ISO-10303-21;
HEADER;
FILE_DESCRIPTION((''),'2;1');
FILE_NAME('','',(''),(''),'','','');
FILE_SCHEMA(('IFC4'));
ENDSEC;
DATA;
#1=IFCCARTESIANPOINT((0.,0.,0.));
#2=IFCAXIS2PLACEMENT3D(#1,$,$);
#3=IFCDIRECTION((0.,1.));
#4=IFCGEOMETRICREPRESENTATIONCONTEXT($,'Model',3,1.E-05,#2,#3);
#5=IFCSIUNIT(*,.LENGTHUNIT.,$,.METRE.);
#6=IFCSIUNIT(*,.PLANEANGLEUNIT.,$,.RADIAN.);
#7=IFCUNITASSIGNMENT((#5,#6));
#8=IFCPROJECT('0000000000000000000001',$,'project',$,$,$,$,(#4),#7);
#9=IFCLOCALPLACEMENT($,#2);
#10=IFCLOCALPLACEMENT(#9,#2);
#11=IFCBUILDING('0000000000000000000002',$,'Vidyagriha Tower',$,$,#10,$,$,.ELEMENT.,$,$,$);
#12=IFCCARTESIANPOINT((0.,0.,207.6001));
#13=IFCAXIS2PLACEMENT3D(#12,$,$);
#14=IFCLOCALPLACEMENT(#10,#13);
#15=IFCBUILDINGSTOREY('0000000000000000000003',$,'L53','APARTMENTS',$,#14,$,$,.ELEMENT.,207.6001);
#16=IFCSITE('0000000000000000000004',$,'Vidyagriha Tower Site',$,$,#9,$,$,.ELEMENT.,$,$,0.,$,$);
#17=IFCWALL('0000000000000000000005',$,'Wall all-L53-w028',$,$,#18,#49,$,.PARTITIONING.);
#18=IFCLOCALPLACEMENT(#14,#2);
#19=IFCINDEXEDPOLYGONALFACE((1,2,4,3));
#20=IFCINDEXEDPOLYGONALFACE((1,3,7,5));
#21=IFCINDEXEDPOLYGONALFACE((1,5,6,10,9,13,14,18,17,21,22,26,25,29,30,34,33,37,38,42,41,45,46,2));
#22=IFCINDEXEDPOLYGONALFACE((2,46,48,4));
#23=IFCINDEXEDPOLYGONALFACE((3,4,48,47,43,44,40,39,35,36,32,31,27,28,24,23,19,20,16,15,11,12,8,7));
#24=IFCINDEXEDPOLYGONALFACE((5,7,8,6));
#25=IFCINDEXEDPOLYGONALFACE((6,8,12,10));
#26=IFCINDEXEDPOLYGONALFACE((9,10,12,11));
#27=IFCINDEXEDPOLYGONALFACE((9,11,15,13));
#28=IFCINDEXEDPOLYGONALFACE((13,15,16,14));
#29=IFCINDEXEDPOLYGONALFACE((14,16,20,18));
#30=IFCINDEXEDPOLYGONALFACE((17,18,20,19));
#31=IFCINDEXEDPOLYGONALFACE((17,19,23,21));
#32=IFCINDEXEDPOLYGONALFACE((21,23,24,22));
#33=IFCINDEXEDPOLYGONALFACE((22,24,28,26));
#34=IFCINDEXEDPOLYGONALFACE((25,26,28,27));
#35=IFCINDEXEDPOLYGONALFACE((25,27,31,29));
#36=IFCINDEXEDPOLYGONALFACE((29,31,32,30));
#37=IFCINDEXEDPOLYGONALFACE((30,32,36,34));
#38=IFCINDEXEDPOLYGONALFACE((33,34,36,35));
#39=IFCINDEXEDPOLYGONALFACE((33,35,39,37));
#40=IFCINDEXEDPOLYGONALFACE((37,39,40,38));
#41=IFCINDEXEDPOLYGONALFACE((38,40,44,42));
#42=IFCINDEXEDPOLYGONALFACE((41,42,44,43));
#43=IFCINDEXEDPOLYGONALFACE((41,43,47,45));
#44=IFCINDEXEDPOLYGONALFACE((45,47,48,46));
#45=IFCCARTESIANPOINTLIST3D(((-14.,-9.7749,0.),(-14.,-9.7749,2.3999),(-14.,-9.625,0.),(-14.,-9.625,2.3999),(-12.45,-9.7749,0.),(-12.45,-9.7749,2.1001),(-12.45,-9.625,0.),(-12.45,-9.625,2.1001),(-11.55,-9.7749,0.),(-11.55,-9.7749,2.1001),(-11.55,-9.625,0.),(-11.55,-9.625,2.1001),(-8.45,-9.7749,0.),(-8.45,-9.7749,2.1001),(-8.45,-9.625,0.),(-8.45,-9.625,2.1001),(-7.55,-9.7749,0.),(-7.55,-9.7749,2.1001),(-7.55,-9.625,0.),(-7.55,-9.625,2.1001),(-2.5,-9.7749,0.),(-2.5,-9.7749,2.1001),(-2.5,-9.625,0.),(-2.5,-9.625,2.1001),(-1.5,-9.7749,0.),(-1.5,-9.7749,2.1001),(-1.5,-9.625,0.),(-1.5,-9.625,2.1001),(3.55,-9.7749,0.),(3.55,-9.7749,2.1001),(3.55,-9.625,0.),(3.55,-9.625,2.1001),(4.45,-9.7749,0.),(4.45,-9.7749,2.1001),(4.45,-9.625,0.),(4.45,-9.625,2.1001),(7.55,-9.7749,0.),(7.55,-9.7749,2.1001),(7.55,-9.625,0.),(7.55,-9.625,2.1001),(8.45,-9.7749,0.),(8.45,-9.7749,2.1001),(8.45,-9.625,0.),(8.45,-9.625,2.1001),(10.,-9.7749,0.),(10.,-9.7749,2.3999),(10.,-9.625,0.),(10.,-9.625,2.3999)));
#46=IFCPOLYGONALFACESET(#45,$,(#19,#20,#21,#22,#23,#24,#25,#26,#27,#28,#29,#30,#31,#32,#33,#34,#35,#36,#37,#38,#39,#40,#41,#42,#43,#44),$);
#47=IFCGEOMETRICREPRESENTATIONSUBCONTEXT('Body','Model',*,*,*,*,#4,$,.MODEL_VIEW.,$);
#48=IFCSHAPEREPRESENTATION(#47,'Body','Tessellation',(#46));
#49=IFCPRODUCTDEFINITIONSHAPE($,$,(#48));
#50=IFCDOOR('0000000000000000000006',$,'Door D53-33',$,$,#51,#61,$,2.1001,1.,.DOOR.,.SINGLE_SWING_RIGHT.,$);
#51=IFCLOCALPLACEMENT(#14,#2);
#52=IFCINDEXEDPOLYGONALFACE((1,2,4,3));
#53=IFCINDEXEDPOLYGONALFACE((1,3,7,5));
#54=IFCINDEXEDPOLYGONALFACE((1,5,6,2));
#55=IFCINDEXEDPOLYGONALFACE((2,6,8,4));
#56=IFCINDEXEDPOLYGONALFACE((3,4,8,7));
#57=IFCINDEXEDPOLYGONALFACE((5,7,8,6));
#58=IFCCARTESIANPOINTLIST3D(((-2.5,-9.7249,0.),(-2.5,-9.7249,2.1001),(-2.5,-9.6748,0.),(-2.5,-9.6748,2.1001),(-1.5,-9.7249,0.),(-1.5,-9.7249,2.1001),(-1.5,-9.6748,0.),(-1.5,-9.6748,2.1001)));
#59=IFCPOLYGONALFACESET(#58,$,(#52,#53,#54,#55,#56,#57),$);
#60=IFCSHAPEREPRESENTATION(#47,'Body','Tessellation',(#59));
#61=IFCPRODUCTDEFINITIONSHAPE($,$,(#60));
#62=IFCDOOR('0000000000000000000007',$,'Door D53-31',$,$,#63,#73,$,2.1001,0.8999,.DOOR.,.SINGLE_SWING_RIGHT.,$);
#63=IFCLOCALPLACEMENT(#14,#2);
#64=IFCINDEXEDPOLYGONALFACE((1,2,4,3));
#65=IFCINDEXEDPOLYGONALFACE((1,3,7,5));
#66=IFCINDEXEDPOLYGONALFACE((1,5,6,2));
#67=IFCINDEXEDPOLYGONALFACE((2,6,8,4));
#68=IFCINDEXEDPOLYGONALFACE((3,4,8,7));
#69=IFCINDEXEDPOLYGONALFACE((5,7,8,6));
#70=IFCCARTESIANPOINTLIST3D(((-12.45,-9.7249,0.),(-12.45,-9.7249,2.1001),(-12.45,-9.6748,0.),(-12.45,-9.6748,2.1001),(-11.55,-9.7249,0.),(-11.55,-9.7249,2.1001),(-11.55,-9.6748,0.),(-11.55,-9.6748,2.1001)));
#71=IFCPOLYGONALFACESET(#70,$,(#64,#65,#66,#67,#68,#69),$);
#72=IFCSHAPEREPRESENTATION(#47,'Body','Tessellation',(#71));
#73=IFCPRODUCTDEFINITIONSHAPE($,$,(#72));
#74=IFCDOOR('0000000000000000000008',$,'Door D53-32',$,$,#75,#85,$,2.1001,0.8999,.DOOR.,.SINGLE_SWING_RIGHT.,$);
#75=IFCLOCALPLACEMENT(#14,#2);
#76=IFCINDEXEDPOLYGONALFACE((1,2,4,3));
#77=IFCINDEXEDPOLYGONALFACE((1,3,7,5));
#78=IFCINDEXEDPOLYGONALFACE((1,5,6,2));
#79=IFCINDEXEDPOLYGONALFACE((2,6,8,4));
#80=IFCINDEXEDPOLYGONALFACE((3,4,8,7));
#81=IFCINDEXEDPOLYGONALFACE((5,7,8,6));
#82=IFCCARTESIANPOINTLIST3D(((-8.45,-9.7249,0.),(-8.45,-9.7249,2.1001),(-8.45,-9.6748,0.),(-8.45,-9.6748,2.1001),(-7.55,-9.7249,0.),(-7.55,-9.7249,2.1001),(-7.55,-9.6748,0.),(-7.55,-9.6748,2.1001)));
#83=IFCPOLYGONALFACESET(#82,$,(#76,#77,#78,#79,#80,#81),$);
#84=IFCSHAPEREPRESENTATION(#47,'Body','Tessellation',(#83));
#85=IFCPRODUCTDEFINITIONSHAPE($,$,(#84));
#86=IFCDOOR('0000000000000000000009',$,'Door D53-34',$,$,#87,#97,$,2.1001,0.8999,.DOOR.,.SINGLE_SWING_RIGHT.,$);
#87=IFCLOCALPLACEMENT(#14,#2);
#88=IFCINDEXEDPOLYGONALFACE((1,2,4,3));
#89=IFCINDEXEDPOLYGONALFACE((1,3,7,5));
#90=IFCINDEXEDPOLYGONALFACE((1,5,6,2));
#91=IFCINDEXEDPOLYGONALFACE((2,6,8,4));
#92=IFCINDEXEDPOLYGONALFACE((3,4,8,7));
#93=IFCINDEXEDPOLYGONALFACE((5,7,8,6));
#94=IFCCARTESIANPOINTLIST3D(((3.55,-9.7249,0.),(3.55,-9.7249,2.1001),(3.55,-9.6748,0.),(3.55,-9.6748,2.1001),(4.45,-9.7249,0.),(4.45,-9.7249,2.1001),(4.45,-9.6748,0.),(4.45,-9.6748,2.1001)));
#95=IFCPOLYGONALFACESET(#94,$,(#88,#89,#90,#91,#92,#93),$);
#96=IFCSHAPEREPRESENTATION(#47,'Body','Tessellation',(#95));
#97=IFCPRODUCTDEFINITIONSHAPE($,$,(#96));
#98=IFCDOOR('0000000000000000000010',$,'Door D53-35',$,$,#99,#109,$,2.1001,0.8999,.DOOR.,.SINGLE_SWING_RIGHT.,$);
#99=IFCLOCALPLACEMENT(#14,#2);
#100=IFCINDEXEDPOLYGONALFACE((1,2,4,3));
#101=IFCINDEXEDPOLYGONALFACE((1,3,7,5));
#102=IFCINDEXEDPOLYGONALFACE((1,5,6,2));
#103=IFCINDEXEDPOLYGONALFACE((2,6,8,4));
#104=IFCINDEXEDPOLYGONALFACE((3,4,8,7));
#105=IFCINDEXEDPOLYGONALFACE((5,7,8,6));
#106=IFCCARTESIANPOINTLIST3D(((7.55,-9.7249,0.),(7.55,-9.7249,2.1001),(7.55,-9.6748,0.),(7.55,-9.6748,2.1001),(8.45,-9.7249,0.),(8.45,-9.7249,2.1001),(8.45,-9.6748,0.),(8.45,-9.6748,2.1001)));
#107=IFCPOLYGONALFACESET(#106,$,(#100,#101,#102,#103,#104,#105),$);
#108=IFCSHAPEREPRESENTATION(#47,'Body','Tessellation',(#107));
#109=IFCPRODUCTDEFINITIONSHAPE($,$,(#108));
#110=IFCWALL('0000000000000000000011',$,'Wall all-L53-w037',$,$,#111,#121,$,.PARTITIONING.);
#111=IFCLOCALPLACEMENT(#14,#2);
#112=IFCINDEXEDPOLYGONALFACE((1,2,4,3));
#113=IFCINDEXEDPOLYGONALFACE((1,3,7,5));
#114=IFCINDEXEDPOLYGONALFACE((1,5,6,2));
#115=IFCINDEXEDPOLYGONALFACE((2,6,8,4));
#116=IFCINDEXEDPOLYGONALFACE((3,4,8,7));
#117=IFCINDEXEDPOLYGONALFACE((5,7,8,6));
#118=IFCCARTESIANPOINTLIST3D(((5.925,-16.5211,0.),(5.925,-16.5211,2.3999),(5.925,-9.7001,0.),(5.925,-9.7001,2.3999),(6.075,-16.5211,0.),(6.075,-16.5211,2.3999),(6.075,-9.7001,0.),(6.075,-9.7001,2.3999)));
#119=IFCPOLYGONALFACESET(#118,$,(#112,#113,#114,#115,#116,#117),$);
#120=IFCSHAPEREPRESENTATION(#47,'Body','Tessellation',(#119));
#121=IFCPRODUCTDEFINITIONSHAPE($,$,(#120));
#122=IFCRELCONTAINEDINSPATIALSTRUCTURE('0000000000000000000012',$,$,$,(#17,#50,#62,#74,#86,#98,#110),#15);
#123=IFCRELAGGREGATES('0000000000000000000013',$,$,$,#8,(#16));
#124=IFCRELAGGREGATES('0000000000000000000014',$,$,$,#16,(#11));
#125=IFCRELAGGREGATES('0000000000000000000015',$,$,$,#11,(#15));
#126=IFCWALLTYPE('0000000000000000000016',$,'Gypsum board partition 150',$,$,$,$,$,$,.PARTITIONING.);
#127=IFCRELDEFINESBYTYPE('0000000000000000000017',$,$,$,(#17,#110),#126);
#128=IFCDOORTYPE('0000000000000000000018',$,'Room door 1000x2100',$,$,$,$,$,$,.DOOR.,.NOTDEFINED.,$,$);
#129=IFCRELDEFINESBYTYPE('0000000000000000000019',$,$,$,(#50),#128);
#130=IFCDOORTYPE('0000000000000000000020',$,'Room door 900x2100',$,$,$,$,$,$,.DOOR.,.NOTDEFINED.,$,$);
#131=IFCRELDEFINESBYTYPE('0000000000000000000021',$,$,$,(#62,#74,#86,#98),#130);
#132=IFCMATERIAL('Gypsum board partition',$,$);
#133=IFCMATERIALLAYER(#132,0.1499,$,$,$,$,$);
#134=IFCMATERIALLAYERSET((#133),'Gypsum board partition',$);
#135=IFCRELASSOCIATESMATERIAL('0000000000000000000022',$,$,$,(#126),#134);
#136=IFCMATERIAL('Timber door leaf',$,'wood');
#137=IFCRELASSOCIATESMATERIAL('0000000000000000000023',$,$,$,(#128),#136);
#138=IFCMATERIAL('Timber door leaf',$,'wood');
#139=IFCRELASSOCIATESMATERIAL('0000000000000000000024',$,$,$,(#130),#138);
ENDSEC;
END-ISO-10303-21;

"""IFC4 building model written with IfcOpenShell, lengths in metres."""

from ifc_helpers import new_model, si_unit, direction, frame, frame_2d, origin, place, context, subcontext, project, spatial, rectangle, extrude, material, layer, layer_set, type_object, element, fill, save


model = new_model("IFC4")

# Units and contexts
model_context = context("Model", 3, precision=1e-05, world=origin(), true_north=direction((0.0, 1.0)))
body_context = subcontext(model_context, "Body", "Model", "MODEL_VIEW")
ifc_project = project(units=[si_unit("LENGTHUNIT", "METRE"), si_unit("PLANEANGLEUNIT", "RADIAN")], contexts=[model_context])

# Site, building, storey
site_placement = place(None, origin())
site = spatial("IfcSite", under=ifc_project, at=site_placement, Name="Vidyagriha Tower Site", CompositionType="ELEMENT", RefElevation=0.0)
building_placement = place(site_placement, origin())
building = spatial("IfcBuilding", under=site, at=building_placement, Name="Vidyagriha Tower", CompositionType="ELEMENT")
storey_placement = place(building_placement, frame((0.0, 0.0, 207.6001)))
storey = spatial("IfcBuildingStorey", under=building, at=storey_placement, Name="L53", Description="APARTMENTS", CompositionType="ELEMENT", Elevation=207.6001)

# Shared definitions
ifc_material_1 = material(Name="Gypsum board partition")
ifc_layer_1 = layer(ifc_material_1, 0.1499)
ifc_layer_set_1 = layer_set([ifc_layer_1], Name="Gypsum board partition")
wall_type_1 = type_object("IfcWallType", Name="Gypsum board partition 150", PredefinedType="PARTITIONING", material=ifc_layer_set_1)

# Wall, openings, doors
wall_1_placement = place(storey_placement, frame((10.0, -9.7, 0.0), z_axis=(0.0, 0.0, 1.0), x_axis=(-1.0, 0.0, 0.0)))
wall_1 = element("IfcWall", 1, at=wall_1_placement, inside=storey, type_object=wall_type_1, Name="Wall all-L53-w028", PredefinedType="PARTITIONING", context=body_context, shape_type="SweptSolid", body=[
    extrude(rectangle(XDim=24.0, YDim=0.1499, at=frame_2d((12.0, 0.0))), origin(), (0.0, 0.0, 1.0), 2.3999),
])
opening_1_placement = place(wall_1_placement, frame((21.55, 0.0, 0.0)))
opening_1 = element("IfcOpeningElement", 2, at=opening_1_placement, cuts=wall_1, PredefinedType="OPENING", context=body_context, shape_type="SweptSolid", body=[
    extrude(rectangle(XDim=0.8999, YDim=2.1001, at=frame_2d((0.45, 1.05))), frame((0.0, 0.085, 0.0), z_axis=(0.0, -1.0, 0.0), x_axis=(1.0, 0.0, 0.0)), (0.0, 0.0, 1.0), 0.1699),
])
opening_2_placement = place(wall_1_placement, frame((17.55, 0.0, 0.0)))
opening_2 = element("IfcOpeningElement", 3, at=opening_2_placement, cuts=wall_1, PredefinedType="OPENING", context=body_context, shape_type="SweptSolid", body=[
    extrude(rectangle(XDim=0.8999, YDim=2.1001, at=frame_2d((0.45, 1.05))), frame((0.0, 0.085, 0.0), z_axis=(0.0, -1.0, 0.0), x_axis=(1.0, 0.0, 0.0)), (0.0, 0.0, 1.0), 0.1699),
])
opening_3_placement = place(wall_1_placement, frame((11.5, 0.0, 0.0)))
opening_3 = element("IfcOpeningElement", 4, at=opening_3_placement, cuts=wall_1, PredefinedType="OPENING", context=body_context, shape_type="SweptSolid", body=[
    extrude(rectangle(XDim=1.0, YDim=2.1001, at=frame_2d((0.5, 1.05))), frame((0.0, 0.085, 0.0), z_axis=(0.0, -1.0, 0.0), x_axis=(1.0, 0.0, 0.0)), (0.0, 0.0, 1.0), 0.1699),
])
opening_4_placement = place(wall_1_placement, frame((5.55, 0.0, 0.0)))
opening_4 = element("IfcOpeningElement", 5, at=opening_4_placement, cuts=wall_1, PredefinedType="OPENING", context=body_context, shape_type="SweptSolid", body=[
    extrude(rectangle(XDim=0.8999, YDim=2.1001, at=frame_2d((0.45, 1.05))), frame((0.0, 0.085, 0.0), z_axis=(0.0, -1.0, 0.0), x_axis=(1.0, 0.0, 0.0)), (0.0, 0.0, 1.0), 0.1699),
])
opening_5_placement = place(wall_1_placement, frame((1.55, 0.0, 0.0)))
opening_5 = element("IfcOpeningElement", 6, at=opening_5_placement, cuts=wall_1, PredefinedType="OPENING", context=body_context, shape_type="SweptSolid", body=[
    extrude(rectangle(XDim=0.8999, YDim=2.1001, at=frame_2d((0.45, 1.05))), frame((0.0, 0.085, 0.0), z_axis=(0.0, -1.0, 0.0), x_axis=(1.0, 0.0, 0.0)), (0.0, 0.0, 1.0), 0.1699),
])
ifc_material_2 = material(Name="Timber door leaf", Category="wood")
door_type_1 = type_object("IfcDoorType", Name="Room door 1000x2100", OperationType="NOTDEFINED", PredefinedType="DOOR", material=ifc_material_2)
door_1_placement = place(opening_3_placement, origin())
door_1 = element("IfcDoor", 7, at=door_1_placement, inside=storey, type_object=door_type_1, Name="Door D53-33", OperationType="SINGLE_SWING_RIGHT", OverallHeight=2.1001, OverallWidth=1.0, PredefinedType="DOOR", context=body_context, shape_type="SweptSolid", body=[
    extrude(rectangle(XDim=1.0, YDim=2.1001, at=frame_2d((0.5, 1.05))), frame((0.0, 0.0249, 0.0), z_axis=(0.0, -1.0, 0.0), x_axis=(1.0, 0.0, 0.0)), (0.0, 0.0, 1.0), 0.05),
])
fill(opening_3, door_1)
ifc_material_3 = material(Name="Timber door leaf", Category="wood")
door_type_2 = type_object("IfcDoorType", Name="Room door 900x2100", OperationType="NOTDEFINED", PredefinedType="DOOR", material=ifc_material_3)
door_2_placement = place(opening_1_placement, origin())
door_2 = element("IfcDoor", 8, at=door_2_placement, inside=storey, type_object=door_type_2, Name="Door D53-31", OperationType="SINGLE_SWING_RIGHT", OverallHeight=2.1001, OverallWidth=0.8999, PredefinedType="DOOR", context=body_context, shape_type="SweptSolid", body=[
    extrude(rectangle(XDim=0.8999, YDim=2.1001, at=frame_2d((0.45, 1.05))), frame((0.0, 0.0249, 0.0), z_axis=(0.0, -1.0, 0.0), x_axis=(1.0, 0.0, 0.0)), (0.0, 0.0, 1.0), 0.05),
])
fill(opening_1, door_2)
door_3_placement = place(opening_2_placement, origin())
door_3 = element("IfcDoor", 9, at=door_3_placement, inside=storey, type_object=door_type_2, Name="Door D53-32", OperationType="SINGLE_SWING_RIGHT", OverallHeight=2.1001, OverallWidth=0.8999, PredefinedType="DOOR", context=body_context, shape_type="SweptSolid", body=[
    extrude(rectangle(XDim=0.8999, YDim=2.1001, at=frame_2d((0.45, 1.05))), frame((0.0, 0.0249, 0.0), z_axis=(0.0, -1.0, 0.0), x_axis=(1.0, 0.0, 0.0)), (0.0, 0.0, 1.0), 0.05),
])
fill(opening_2, door_3)
door_4_placement = place(opening_4_placement, origin())
door_4 = element("IfcDoor", 10, at=door_4_placement, inside=storey, type_object=door_type_2, Name="Door D53-34", OperationType="SINGLE_SWING_RIGHT", OverallHeight=2.1001, OverallWidth=0.8999, PredefinedType="DOOR", context=body_context, shape_type="SweptSolid", body=[
    extrude(rectangle(XDim=0.8999, YDim=2.1001, at=frame_2d((0.45, 1.05))), frame((0.0, 0.0249, 0.0), z_axis=(0.0, -1.0, 0.0), x_axis=(1.0, 0.0, 0.0)), (0.0, 0.0, 1.0), 0.05),
])
fill(opening_4, door_4)
door_5_placement = place(opening_5_placement, origin())
door_5 = element("IfcDoor", 11, at=door_5_placement, inside=storey, type_object=door_type_2, Name="Door D53-35", OperationType="SINGLE_SWING_RIGHT", OverallHeight=2.1001, OverallWidth=0.8999, PredefinedType="DOOR", context=body_context, shape_type="SweptSolid", body=[
    extrude(rectangle(XDim=0.8999, YDim=2.1001, at=frame_2d((0.45, 1.05))), frame((0.0, 0.0249, 0.0), z_axis=(0.0, -1.0, 0.0), x_axis=(1.0, 0.0, 0.0)), (0.0, 0.0, 1.0), 0.05),
])
fill(opening_5, door_5)

# Wall
wall_2_placement = place(storey_placement, frame((6.0, -9.7, 0.0), z_axis=(0.0, 0.0, 1.0), x_axis=(0.0, -1.0, 0.0)))
element("IfcWall", 12, at=wall_2_placement, inside=storey, type_object=wall_type_1, Name="Wall all-L53-w037", PredefinedType="PARTITIONING", context=body_context, shape_type="SweptSolid", body=[
    extrude(rectangle(XDim=6.821, YDim=0.1499, at=frame_2d((3.4106, 0.0))), origin(), (0.0, 0.0, 1.0), 2.3999),
])

save(model, "model.ifc")
